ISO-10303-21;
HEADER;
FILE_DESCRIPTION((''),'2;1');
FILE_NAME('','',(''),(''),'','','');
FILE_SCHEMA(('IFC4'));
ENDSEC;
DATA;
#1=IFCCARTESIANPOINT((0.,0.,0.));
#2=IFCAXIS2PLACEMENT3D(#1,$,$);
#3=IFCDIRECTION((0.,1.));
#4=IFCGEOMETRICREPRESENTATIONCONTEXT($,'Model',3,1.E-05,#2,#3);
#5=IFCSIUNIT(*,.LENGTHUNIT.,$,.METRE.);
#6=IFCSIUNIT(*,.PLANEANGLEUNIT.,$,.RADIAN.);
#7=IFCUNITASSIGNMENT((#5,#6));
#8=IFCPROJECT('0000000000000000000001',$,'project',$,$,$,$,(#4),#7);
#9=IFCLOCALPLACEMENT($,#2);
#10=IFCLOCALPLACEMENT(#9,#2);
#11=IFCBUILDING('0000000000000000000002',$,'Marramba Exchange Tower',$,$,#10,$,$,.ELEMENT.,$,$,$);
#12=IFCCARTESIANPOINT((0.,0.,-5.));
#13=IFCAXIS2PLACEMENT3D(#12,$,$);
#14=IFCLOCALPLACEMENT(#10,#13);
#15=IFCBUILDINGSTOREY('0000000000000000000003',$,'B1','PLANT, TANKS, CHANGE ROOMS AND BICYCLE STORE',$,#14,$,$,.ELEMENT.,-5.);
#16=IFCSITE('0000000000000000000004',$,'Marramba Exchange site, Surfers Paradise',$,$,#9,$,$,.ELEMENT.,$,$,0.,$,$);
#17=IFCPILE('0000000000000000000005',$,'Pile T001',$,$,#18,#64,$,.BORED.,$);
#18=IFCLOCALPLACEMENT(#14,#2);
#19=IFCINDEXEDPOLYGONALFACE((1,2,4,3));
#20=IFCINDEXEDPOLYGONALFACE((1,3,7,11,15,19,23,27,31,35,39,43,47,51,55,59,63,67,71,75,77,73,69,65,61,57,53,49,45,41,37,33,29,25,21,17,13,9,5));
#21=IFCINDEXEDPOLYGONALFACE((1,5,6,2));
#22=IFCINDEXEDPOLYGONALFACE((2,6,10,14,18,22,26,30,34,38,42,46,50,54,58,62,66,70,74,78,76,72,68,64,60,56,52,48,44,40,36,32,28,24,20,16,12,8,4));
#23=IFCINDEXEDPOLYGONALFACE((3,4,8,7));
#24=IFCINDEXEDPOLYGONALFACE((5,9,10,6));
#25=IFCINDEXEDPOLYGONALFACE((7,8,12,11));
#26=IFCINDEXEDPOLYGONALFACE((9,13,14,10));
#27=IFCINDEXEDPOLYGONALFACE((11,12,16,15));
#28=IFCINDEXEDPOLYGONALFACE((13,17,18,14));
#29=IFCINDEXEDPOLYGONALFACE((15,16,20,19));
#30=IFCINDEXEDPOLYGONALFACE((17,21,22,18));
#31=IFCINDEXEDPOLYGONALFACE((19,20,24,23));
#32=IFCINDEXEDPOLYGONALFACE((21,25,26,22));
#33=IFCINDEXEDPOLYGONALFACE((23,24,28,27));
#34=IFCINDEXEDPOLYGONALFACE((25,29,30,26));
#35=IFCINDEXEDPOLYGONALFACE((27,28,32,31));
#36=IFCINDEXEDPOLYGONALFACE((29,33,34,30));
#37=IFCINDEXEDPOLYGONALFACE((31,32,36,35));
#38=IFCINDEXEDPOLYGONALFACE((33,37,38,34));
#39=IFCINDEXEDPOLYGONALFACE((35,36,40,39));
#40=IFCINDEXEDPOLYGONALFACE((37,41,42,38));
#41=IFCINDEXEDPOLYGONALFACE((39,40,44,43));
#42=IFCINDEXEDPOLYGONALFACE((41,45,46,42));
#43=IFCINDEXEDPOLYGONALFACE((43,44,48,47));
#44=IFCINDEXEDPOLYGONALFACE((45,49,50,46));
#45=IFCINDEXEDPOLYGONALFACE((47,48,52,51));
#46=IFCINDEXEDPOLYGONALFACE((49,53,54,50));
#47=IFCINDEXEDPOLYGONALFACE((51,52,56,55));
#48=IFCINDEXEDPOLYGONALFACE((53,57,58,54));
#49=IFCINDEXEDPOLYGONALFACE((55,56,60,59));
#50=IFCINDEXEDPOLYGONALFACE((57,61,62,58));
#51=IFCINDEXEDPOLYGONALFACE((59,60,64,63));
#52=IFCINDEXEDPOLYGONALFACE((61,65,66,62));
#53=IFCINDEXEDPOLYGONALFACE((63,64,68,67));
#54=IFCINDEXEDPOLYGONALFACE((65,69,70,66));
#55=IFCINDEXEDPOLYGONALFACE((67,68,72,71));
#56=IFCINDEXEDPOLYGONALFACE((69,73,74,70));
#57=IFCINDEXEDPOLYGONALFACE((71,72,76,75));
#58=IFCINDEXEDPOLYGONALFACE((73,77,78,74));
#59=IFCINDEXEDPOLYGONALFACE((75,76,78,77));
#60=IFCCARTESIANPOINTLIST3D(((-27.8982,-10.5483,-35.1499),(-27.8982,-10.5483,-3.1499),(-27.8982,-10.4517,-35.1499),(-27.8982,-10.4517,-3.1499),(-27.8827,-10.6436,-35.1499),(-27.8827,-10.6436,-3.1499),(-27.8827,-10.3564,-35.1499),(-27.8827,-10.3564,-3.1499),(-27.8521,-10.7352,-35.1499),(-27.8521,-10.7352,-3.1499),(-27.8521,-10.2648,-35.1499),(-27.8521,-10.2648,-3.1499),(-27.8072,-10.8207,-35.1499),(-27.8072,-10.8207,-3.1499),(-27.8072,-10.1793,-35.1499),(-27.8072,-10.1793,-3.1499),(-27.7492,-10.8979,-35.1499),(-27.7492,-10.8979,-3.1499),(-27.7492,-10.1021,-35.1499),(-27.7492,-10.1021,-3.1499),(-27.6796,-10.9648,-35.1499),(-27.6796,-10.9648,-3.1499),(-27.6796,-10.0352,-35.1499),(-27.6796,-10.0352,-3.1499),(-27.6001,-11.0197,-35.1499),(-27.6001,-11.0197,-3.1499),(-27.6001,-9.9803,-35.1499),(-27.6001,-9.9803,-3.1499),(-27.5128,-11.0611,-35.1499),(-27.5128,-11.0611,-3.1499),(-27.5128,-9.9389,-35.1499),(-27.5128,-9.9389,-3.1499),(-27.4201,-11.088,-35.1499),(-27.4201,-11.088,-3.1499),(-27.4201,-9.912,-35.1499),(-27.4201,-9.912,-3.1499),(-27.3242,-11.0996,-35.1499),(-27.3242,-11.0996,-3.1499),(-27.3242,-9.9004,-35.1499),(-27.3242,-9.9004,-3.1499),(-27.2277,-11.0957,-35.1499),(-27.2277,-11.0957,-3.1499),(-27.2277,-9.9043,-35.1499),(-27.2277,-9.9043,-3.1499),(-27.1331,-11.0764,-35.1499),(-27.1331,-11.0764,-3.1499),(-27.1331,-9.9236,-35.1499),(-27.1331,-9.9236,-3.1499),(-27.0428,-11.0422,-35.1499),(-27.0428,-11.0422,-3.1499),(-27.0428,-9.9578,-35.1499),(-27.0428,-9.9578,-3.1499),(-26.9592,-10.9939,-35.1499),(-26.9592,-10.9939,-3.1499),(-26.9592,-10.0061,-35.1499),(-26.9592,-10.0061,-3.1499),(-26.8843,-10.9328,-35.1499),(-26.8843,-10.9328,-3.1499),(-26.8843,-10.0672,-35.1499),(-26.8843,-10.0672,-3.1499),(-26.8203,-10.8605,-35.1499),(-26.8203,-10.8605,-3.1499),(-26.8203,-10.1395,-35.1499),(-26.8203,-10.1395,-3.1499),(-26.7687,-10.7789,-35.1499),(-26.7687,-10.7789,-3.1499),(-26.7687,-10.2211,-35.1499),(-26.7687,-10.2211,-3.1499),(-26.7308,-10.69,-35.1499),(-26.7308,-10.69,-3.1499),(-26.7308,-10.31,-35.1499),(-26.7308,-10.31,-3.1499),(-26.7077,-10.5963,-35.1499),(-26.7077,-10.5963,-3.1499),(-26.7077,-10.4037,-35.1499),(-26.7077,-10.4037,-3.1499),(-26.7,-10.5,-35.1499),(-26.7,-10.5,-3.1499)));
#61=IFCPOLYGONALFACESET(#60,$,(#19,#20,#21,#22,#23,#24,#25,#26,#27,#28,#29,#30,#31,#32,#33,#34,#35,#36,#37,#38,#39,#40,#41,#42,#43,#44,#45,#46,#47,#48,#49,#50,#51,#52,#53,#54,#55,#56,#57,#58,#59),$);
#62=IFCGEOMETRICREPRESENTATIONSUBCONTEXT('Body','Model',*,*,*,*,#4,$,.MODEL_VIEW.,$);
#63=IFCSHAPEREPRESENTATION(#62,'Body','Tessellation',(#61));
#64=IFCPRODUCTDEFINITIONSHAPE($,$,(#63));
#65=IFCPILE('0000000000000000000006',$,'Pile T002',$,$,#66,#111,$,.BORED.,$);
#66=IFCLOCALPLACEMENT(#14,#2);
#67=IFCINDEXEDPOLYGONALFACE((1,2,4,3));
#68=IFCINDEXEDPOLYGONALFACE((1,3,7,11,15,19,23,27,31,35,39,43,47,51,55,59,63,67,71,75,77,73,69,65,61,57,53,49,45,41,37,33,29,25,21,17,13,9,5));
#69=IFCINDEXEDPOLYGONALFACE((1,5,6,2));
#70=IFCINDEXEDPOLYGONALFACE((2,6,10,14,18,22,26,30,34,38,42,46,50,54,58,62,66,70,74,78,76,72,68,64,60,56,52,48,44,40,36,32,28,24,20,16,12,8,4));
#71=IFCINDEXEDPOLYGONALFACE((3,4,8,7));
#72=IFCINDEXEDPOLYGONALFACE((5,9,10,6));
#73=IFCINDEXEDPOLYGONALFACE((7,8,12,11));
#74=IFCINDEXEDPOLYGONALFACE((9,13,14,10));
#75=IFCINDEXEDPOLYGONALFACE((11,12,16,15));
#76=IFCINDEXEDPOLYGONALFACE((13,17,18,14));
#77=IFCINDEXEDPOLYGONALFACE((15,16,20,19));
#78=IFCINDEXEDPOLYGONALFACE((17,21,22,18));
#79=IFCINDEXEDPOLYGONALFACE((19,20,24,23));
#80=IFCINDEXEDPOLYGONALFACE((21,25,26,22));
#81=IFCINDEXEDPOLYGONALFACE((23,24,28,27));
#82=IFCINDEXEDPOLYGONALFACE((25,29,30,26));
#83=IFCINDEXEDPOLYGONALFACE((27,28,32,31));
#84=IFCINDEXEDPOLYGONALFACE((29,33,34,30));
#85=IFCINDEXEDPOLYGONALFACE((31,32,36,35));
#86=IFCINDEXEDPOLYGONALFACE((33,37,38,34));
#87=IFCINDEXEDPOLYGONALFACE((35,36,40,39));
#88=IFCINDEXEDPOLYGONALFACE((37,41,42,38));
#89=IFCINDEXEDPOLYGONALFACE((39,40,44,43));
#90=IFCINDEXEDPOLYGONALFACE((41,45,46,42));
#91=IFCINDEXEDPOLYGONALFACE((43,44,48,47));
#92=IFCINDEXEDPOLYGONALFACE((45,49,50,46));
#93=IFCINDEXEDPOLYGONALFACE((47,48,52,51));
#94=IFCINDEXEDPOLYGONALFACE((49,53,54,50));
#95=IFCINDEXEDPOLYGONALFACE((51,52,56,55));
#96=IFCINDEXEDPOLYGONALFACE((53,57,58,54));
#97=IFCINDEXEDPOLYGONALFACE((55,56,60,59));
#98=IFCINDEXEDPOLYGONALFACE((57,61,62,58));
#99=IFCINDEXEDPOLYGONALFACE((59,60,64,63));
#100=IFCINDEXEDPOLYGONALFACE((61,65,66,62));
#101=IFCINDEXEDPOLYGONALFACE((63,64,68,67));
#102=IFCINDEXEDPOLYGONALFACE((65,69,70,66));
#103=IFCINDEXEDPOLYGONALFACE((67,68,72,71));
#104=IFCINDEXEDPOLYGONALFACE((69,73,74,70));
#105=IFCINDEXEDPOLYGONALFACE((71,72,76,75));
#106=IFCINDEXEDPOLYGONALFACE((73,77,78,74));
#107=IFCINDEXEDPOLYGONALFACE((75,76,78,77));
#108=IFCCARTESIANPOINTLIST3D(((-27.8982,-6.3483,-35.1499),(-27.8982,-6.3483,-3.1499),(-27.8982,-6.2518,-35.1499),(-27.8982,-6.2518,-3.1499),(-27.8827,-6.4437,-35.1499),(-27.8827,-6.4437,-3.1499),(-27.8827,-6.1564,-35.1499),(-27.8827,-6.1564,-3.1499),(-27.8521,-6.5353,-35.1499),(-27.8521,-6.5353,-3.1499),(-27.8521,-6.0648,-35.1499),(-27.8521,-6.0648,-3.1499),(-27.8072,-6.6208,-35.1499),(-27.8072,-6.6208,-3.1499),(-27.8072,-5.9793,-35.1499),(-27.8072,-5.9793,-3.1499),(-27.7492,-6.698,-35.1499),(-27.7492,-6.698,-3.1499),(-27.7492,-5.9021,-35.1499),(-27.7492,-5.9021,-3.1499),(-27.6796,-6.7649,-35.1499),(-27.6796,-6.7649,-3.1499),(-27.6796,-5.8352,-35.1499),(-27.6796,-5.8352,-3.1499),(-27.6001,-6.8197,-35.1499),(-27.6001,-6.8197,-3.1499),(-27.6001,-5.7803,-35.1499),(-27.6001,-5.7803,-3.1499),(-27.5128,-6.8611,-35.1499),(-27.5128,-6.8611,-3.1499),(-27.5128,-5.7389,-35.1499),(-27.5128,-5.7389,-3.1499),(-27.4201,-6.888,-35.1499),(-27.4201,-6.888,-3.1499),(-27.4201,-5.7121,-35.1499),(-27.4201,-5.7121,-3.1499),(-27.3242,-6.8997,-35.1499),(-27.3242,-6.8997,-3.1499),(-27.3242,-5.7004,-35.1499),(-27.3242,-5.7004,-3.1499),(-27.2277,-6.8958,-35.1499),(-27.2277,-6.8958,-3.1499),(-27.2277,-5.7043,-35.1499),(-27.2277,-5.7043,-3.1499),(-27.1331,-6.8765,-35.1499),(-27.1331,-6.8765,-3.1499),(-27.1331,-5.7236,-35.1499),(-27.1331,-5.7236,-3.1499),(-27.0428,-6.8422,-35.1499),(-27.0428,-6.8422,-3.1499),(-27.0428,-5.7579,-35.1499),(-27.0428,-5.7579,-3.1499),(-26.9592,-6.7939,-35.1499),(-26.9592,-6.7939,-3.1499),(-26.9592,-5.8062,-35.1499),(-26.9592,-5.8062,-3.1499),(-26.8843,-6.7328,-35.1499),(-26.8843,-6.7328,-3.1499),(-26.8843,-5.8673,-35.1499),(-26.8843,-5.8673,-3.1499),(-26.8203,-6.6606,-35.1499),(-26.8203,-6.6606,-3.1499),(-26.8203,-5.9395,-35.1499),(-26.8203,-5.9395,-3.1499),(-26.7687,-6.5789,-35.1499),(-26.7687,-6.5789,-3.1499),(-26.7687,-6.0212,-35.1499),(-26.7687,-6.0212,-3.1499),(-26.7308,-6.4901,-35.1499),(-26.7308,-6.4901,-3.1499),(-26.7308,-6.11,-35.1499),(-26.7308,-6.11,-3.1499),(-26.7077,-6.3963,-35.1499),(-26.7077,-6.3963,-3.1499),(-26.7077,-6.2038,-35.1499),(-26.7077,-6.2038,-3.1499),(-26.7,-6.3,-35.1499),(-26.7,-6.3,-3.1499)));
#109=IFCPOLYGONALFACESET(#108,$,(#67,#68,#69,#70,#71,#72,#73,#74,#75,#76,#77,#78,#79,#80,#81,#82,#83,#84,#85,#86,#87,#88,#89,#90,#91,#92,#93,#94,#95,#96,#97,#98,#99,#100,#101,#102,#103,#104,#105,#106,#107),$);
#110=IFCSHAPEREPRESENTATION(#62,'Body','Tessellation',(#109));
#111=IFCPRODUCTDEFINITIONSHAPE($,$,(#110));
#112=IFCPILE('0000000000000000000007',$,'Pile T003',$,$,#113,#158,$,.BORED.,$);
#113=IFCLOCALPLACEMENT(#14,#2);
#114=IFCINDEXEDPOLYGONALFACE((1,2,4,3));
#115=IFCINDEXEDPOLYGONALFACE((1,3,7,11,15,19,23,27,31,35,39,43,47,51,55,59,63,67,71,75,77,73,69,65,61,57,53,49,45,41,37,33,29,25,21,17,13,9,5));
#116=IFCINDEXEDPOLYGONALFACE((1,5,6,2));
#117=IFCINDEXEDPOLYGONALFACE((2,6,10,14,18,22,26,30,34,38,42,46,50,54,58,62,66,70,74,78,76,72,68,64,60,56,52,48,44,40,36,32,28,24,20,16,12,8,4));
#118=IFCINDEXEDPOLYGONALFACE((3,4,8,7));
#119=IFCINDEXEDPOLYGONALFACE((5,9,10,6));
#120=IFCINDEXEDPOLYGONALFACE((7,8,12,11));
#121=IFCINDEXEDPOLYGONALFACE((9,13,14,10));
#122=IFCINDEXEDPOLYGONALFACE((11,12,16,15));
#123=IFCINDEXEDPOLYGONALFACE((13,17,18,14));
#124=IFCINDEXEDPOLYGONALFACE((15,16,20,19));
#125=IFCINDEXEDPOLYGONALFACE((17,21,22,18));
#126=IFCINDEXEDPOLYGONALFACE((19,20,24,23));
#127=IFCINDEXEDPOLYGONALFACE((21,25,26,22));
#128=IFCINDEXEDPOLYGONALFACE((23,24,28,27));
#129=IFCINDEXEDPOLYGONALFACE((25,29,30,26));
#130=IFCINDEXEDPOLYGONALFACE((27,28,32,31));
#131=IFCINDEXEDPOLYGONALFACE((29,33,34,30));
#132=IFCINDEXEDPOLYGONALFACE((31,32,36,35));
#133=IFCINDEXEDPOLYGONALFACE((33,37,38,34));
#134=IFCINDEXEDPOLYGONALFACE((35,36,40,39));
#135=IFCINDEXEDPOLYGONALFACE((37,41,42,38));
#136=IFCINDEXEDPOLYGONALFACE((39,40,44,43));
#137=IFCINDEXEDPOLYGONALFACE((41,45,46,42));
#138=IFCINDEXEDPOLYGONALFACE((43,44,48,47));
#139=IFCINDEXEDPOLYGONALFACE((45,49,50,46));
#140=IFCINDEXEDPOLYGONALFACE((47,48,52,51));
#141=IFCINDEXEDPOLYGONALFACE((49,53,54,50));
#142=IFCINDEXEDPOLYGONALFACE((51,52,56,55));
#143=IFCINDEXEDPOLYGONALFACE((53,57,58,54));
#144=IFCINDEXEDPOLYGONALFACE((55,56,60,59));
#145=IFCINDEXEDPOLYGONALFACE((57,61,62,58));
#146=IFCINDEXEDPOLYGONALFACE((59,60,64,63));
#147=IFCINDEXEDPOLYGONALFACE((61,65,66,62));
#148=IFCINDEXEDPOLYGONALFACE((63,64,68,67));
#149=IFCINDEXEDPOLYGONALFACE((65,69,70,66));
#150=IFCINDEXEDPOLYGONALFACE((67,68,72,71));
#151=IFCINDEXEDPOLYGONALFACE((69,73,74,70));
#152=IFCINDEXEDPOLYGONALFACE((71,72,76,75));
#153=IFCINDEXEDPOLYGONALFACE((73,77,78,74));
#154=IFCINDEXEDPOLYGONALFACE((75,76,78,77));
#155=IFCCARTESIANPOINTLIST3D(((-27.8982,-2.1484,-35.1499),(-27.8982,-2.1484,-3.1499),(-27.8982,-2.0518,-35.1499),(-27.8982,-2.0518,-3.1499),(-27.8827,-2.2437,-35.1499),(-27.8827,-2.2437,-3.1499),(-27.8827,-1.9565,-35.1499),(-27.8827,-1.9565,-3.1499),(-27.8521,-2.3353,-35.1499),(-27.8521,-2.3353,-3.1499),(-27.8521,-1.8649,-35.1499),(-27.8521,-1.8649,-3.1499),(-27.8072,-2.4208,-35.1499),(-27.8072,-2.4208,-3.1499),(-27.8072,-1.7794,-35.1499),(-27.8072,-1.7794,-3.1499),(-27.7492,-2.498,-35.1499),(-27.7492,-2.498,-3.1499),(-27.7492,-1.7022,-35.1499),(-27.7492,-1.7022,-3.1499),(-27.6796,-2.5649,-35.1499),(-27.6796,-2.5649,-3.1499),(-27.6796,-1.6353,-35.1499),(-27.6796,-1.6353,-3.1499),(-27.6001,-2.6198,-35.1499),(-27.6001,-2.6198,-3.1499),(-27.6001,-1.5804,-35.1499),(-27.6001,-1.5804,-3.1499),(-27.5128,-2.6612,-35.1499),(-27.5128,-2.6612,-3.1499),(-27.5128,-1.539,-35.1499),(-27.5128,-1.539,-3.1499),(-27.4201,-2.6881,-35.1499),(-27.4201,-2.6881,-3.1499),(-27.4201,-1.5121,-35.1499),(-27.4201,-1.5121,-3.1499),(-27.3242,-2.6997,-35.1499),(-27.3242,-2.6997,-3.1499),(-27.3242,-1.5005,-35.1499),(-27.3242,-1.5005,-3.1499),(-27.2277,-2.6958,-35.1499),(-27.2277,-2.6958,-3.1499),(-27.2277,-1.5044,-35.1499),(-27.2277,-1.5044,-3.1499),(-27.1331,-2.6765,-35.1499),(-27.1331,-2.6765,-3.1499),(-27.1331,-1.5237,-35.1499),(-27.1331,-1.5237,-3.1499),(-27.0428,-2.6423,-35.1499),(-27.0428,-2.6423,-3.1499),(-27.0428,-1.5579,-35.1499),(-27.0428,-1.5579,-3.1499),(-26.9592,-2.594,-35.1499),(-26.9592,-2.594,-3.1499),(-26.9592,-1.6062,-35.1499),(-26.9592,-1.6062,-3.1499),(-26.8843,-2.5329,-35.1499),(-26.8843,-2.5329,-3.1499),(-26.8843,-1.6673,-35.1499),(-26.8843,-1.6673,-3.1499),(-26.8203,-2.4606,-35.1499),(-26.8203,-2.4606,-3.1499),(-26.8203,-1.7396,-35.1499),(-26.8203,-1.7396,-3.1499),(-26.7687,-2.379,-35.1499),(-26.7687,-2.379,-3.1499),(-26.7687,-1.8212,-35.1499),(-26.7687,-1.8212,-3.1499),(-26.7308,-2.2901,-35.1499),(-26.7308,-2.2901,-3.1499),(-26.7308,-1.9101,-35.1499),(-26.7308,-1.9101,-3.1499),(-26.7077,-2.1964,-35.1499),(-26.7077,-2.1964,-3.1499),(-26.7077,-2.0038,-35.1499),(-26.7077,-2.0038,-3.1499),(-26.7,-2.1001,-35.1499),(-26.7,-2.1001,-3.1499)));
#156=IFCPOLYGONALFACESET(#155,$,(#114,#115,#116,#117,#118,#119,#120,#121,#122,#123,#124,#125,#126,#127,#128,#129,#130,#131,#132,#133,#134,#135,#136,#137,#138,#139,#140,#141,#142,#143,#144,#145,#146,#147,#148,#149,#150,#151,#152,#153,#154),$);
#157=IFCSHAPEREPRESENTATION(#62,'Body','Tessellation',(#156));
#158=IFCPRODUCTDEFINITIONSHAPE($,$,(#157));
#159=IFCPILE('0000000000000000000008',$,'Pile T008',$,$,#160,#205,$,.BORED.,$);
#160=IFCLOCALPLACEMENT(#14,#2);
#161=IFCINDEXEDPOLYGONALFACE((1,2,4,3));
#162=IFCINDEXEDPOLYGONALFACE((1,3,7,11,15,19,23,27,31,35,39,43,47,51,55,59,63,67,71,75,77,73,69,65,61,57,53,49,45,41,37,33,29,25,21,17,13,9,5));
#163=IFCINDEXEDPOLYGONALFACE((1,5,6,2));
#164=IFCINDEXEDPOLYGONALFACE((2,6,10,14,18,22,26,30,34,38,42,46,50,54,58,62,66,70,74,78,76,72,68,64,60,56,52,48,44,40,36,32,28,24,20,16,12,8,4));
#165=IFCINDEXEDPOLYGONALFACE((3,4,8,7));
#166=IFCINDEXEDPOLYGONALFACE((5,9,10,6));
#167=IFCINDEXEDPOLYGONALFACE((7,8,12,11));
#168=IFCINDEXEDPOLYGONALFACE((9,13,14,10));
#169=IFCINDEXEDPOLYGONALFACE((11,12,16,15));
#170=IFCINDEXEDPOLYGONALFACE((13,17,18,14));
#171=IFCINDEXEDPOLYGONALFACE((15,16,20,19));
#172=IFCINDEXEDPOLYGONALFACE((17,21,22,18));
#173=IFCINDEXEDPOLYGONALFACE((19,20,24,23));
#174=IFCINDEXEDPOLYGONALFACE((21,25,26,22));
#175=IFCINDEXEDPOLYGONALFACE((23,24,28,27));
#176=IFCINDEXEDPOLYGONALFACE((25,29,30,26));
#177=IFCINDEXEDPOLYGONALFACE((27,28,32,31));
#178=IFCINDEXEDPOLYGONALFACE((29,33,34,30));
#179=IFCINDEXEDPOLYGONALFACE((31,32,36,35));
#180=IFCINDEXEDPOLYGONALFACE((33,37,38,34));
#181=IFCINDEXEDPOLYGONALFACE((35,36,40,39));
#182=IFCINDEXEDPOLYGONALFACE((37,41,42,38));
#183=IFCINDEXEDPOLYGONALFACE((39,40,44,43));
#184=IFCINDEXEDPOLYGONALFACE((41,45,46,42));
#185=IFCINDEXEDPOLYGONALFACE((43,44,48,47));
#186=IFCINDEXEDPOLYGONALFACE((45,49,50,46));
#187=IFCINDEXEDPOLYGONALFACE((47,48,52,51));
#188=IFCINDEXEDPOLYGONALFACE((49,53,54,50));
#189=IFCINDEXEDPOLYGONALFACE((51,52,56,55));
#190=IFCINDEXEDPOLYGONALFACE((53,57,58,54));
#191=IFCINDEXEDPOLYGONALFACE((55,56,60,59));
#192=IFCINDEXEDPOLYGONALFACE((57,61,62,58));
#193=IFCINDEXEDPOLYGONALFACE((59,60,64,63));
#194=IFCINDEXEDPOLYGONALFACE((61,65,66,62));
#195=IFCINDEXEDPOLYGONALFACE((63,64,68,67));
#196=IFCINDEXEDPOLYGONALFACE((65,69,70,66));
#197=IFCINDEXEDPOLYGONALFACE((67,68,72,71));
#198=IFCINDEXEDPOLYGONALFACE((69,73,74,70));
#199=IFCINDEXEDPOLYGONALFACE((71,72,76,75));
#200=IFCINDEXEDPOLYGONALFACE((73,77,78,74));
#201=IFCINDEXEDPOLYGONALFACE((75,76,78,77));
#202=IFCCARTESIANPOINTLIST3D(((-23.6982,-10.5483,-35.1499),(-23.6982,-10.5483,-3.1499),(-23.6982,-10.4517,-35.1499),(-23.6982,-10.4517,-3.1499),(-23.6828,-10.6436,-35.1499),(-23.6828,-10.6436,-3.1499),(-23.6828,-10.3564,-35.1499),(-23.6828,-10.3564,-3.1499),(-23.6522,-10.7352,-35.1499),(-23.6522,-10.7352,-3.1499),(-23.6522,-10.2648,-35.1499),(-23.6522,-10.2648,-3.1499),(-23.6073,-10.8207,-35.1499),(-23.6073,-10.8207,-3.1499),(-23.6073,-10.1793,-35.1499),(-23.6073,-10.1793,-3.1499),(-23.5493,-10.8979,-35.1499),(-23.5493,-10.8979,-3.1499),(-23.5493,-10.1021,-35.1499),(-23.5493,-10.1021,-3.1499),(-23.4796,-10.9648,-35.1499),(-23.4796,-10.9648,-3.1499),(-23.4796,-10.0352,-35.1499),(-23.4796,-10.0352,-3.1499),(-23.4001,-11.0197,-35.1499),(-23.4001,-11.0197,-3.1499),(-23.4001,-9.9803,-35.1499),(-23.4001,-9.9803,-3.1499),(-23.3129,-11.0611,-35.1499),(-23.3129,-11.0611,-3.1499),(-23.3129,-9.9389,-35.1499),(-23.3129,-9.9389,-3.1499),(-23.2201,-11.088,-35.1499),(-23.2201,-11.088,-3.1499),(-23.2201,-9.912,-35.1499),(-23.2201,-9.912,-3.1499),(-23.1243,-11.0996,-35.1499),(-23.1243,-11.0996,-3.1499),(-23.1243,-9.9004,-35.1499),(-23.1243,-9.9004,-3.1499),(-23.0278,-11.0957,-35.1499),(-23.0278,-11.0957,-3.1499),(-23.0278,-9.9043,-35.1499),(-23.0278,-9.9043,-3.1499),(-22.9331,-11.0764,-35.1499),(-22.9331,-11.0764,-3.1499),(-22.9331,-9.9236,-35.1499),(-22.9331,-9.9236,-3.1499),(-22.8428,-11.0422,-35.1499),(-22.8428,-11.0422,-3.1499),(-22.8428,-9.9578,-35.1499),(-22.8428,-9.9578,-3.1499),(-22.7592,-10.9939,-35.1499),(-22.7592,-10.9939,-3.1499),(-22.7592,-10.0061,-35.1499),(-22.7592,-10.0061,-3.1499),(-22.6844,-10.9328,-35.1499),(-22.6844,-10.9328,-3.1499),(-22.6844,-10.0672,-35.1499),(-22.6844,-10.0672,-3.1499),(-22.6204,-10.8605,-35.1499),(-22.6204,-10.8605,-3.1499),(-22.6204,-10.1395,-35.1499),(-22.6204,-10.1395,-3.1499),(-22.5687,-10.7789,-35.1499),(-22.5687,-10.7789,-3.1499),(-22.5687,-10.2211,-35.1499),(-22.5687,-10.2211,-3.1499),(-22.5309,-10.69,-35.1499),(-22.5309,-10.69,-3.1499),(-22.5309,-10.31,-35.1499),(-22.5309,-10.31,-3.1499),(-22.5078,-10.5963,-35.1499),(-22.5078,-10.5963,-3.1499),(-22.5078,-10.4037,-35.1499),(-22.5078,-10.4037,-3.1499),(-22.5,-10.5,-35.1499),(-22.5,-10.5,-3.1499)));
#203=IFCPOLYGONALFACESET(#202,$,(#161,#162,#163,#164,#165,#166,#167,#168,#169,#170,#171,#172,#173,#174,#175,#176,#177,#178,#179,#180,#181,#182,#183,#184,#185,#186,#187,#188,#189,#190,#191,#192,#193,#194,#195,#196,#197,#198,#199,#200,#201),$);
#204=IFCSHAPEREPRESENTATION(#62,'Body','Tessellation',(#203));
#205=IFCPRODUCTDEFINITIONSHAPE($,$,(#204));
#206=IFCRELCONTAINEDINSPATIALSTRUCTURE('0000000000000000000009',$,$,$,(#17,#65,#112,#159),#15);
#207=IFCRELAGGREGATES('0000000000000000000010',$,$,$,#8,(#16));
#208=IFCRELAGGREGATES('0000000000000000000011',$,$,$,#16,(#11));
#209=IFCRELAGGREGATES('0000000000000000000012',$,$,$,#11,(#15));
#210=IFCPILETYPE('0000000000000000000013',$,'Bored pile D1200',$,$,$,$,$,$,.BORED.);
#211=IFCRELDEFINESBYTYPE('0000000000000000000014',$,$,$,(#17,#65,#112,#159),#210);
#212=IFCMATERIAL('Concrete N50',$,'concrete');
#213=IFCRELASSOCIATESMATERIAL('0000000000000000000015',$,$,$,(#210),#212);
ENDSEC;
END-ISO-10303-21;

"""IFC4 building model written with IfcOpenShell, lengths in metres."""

from ifc_helpers import new_model, si_unit, direction, frame, origin, origin_2d, place, context, subcontext, project, spatial, circle, extrude, material, material_profile, profile_set, type_object, element, save


model = new_model("IFC4")

# Units and contexts
model_context = context("Model", 3, precision=1e-05, world=origin(), true_north=direction((0.0, 1.0)))
body_context = subcontext(model_context, "Body", "Model", "MODEL_VIEW")
ifc_project = project(units=[si_unit("LENGTHUNIT", "METRE"), si_unit("PLANEANGLEUNIT", "RADIAN")], contexts=[model_context])

# Site, building, storey
site_placement = place(None, origin())
site = spatial("IfcSite", under=ifc_project, at=site_placement, Name="Marramba Exchange site, Surfers Paradise", CompositionType="ELEMENT", RefElevation=0.0)
building_placement = place(site_placement, origin())
building = spatial("IfcBuilding", under=site, at=building_placement, Name="Marramba Exchange Tower", CompositionType="ELEMENT")
storey_placement = place(building_placement, frame((0.0, 0.0, -5.0)))
storey = spatial("IfcBuildingStorey", under=building, at=storey_placement, Name="B1", Description="PLANT, TANKS, CHANGE ROOMS AND BICYCLE STORE", CompositionType="ELEMENT", Elevation=-5.0)

# Piles
ifc_material_1 = material(Name="Concrete N50", Category="concrete")
ifc_material_profile_1 = material_profile(ifc_material_1, circle(Radius=0.6001, at=origin_2d()), Name="BP D1200")
ifc_profile_set_1 = profile_set([ifc_material_profile_1], Name="Concrete N50")
pile_type = type_object("IfcPileType", Name="Bored pile D1200", PredefinedType="BORED", material=ifc_profile_set_1)
for number, where, z_axis, x_axis, name in (
    (1, (-27.3, -10.5, -3.1499), (0.0, 0.0, -1.0), (1.0, 0.0, 0.0), "Pile T001"),
    (2, (-27.3, -6.3, -3.1499), (0.0, 0.0, -1.0), (1.0, 0.0, 0.0), "Pile T002"),
    (3, (-27.3, -2.1001, -3.1499), (0.0, 0.0, -1.0), (1.0, 0.0, 0.0), "Pile T003"),
    (4, (-23.1001, -10.5, -3.1499), (0.0, 0.0, -1.0), (1.0, 0.0, 0.0), "Pile T008"),
):
    element("IfcPile", number, at=place(storey_placement, frame(where, z_axis=z_axis, x_axis=x_axis)), inside=storey, type_object=pile_type, Name=name, PredefinedType="BORED", context=body_context, shape_type="SweptSolid", body=[
        extrude(circle(Radius=0.6001, at=origin_2d()), origin(), (0.0, 0.0, 1.0), 32.0),
    ])

save(model, "model.ifc")
